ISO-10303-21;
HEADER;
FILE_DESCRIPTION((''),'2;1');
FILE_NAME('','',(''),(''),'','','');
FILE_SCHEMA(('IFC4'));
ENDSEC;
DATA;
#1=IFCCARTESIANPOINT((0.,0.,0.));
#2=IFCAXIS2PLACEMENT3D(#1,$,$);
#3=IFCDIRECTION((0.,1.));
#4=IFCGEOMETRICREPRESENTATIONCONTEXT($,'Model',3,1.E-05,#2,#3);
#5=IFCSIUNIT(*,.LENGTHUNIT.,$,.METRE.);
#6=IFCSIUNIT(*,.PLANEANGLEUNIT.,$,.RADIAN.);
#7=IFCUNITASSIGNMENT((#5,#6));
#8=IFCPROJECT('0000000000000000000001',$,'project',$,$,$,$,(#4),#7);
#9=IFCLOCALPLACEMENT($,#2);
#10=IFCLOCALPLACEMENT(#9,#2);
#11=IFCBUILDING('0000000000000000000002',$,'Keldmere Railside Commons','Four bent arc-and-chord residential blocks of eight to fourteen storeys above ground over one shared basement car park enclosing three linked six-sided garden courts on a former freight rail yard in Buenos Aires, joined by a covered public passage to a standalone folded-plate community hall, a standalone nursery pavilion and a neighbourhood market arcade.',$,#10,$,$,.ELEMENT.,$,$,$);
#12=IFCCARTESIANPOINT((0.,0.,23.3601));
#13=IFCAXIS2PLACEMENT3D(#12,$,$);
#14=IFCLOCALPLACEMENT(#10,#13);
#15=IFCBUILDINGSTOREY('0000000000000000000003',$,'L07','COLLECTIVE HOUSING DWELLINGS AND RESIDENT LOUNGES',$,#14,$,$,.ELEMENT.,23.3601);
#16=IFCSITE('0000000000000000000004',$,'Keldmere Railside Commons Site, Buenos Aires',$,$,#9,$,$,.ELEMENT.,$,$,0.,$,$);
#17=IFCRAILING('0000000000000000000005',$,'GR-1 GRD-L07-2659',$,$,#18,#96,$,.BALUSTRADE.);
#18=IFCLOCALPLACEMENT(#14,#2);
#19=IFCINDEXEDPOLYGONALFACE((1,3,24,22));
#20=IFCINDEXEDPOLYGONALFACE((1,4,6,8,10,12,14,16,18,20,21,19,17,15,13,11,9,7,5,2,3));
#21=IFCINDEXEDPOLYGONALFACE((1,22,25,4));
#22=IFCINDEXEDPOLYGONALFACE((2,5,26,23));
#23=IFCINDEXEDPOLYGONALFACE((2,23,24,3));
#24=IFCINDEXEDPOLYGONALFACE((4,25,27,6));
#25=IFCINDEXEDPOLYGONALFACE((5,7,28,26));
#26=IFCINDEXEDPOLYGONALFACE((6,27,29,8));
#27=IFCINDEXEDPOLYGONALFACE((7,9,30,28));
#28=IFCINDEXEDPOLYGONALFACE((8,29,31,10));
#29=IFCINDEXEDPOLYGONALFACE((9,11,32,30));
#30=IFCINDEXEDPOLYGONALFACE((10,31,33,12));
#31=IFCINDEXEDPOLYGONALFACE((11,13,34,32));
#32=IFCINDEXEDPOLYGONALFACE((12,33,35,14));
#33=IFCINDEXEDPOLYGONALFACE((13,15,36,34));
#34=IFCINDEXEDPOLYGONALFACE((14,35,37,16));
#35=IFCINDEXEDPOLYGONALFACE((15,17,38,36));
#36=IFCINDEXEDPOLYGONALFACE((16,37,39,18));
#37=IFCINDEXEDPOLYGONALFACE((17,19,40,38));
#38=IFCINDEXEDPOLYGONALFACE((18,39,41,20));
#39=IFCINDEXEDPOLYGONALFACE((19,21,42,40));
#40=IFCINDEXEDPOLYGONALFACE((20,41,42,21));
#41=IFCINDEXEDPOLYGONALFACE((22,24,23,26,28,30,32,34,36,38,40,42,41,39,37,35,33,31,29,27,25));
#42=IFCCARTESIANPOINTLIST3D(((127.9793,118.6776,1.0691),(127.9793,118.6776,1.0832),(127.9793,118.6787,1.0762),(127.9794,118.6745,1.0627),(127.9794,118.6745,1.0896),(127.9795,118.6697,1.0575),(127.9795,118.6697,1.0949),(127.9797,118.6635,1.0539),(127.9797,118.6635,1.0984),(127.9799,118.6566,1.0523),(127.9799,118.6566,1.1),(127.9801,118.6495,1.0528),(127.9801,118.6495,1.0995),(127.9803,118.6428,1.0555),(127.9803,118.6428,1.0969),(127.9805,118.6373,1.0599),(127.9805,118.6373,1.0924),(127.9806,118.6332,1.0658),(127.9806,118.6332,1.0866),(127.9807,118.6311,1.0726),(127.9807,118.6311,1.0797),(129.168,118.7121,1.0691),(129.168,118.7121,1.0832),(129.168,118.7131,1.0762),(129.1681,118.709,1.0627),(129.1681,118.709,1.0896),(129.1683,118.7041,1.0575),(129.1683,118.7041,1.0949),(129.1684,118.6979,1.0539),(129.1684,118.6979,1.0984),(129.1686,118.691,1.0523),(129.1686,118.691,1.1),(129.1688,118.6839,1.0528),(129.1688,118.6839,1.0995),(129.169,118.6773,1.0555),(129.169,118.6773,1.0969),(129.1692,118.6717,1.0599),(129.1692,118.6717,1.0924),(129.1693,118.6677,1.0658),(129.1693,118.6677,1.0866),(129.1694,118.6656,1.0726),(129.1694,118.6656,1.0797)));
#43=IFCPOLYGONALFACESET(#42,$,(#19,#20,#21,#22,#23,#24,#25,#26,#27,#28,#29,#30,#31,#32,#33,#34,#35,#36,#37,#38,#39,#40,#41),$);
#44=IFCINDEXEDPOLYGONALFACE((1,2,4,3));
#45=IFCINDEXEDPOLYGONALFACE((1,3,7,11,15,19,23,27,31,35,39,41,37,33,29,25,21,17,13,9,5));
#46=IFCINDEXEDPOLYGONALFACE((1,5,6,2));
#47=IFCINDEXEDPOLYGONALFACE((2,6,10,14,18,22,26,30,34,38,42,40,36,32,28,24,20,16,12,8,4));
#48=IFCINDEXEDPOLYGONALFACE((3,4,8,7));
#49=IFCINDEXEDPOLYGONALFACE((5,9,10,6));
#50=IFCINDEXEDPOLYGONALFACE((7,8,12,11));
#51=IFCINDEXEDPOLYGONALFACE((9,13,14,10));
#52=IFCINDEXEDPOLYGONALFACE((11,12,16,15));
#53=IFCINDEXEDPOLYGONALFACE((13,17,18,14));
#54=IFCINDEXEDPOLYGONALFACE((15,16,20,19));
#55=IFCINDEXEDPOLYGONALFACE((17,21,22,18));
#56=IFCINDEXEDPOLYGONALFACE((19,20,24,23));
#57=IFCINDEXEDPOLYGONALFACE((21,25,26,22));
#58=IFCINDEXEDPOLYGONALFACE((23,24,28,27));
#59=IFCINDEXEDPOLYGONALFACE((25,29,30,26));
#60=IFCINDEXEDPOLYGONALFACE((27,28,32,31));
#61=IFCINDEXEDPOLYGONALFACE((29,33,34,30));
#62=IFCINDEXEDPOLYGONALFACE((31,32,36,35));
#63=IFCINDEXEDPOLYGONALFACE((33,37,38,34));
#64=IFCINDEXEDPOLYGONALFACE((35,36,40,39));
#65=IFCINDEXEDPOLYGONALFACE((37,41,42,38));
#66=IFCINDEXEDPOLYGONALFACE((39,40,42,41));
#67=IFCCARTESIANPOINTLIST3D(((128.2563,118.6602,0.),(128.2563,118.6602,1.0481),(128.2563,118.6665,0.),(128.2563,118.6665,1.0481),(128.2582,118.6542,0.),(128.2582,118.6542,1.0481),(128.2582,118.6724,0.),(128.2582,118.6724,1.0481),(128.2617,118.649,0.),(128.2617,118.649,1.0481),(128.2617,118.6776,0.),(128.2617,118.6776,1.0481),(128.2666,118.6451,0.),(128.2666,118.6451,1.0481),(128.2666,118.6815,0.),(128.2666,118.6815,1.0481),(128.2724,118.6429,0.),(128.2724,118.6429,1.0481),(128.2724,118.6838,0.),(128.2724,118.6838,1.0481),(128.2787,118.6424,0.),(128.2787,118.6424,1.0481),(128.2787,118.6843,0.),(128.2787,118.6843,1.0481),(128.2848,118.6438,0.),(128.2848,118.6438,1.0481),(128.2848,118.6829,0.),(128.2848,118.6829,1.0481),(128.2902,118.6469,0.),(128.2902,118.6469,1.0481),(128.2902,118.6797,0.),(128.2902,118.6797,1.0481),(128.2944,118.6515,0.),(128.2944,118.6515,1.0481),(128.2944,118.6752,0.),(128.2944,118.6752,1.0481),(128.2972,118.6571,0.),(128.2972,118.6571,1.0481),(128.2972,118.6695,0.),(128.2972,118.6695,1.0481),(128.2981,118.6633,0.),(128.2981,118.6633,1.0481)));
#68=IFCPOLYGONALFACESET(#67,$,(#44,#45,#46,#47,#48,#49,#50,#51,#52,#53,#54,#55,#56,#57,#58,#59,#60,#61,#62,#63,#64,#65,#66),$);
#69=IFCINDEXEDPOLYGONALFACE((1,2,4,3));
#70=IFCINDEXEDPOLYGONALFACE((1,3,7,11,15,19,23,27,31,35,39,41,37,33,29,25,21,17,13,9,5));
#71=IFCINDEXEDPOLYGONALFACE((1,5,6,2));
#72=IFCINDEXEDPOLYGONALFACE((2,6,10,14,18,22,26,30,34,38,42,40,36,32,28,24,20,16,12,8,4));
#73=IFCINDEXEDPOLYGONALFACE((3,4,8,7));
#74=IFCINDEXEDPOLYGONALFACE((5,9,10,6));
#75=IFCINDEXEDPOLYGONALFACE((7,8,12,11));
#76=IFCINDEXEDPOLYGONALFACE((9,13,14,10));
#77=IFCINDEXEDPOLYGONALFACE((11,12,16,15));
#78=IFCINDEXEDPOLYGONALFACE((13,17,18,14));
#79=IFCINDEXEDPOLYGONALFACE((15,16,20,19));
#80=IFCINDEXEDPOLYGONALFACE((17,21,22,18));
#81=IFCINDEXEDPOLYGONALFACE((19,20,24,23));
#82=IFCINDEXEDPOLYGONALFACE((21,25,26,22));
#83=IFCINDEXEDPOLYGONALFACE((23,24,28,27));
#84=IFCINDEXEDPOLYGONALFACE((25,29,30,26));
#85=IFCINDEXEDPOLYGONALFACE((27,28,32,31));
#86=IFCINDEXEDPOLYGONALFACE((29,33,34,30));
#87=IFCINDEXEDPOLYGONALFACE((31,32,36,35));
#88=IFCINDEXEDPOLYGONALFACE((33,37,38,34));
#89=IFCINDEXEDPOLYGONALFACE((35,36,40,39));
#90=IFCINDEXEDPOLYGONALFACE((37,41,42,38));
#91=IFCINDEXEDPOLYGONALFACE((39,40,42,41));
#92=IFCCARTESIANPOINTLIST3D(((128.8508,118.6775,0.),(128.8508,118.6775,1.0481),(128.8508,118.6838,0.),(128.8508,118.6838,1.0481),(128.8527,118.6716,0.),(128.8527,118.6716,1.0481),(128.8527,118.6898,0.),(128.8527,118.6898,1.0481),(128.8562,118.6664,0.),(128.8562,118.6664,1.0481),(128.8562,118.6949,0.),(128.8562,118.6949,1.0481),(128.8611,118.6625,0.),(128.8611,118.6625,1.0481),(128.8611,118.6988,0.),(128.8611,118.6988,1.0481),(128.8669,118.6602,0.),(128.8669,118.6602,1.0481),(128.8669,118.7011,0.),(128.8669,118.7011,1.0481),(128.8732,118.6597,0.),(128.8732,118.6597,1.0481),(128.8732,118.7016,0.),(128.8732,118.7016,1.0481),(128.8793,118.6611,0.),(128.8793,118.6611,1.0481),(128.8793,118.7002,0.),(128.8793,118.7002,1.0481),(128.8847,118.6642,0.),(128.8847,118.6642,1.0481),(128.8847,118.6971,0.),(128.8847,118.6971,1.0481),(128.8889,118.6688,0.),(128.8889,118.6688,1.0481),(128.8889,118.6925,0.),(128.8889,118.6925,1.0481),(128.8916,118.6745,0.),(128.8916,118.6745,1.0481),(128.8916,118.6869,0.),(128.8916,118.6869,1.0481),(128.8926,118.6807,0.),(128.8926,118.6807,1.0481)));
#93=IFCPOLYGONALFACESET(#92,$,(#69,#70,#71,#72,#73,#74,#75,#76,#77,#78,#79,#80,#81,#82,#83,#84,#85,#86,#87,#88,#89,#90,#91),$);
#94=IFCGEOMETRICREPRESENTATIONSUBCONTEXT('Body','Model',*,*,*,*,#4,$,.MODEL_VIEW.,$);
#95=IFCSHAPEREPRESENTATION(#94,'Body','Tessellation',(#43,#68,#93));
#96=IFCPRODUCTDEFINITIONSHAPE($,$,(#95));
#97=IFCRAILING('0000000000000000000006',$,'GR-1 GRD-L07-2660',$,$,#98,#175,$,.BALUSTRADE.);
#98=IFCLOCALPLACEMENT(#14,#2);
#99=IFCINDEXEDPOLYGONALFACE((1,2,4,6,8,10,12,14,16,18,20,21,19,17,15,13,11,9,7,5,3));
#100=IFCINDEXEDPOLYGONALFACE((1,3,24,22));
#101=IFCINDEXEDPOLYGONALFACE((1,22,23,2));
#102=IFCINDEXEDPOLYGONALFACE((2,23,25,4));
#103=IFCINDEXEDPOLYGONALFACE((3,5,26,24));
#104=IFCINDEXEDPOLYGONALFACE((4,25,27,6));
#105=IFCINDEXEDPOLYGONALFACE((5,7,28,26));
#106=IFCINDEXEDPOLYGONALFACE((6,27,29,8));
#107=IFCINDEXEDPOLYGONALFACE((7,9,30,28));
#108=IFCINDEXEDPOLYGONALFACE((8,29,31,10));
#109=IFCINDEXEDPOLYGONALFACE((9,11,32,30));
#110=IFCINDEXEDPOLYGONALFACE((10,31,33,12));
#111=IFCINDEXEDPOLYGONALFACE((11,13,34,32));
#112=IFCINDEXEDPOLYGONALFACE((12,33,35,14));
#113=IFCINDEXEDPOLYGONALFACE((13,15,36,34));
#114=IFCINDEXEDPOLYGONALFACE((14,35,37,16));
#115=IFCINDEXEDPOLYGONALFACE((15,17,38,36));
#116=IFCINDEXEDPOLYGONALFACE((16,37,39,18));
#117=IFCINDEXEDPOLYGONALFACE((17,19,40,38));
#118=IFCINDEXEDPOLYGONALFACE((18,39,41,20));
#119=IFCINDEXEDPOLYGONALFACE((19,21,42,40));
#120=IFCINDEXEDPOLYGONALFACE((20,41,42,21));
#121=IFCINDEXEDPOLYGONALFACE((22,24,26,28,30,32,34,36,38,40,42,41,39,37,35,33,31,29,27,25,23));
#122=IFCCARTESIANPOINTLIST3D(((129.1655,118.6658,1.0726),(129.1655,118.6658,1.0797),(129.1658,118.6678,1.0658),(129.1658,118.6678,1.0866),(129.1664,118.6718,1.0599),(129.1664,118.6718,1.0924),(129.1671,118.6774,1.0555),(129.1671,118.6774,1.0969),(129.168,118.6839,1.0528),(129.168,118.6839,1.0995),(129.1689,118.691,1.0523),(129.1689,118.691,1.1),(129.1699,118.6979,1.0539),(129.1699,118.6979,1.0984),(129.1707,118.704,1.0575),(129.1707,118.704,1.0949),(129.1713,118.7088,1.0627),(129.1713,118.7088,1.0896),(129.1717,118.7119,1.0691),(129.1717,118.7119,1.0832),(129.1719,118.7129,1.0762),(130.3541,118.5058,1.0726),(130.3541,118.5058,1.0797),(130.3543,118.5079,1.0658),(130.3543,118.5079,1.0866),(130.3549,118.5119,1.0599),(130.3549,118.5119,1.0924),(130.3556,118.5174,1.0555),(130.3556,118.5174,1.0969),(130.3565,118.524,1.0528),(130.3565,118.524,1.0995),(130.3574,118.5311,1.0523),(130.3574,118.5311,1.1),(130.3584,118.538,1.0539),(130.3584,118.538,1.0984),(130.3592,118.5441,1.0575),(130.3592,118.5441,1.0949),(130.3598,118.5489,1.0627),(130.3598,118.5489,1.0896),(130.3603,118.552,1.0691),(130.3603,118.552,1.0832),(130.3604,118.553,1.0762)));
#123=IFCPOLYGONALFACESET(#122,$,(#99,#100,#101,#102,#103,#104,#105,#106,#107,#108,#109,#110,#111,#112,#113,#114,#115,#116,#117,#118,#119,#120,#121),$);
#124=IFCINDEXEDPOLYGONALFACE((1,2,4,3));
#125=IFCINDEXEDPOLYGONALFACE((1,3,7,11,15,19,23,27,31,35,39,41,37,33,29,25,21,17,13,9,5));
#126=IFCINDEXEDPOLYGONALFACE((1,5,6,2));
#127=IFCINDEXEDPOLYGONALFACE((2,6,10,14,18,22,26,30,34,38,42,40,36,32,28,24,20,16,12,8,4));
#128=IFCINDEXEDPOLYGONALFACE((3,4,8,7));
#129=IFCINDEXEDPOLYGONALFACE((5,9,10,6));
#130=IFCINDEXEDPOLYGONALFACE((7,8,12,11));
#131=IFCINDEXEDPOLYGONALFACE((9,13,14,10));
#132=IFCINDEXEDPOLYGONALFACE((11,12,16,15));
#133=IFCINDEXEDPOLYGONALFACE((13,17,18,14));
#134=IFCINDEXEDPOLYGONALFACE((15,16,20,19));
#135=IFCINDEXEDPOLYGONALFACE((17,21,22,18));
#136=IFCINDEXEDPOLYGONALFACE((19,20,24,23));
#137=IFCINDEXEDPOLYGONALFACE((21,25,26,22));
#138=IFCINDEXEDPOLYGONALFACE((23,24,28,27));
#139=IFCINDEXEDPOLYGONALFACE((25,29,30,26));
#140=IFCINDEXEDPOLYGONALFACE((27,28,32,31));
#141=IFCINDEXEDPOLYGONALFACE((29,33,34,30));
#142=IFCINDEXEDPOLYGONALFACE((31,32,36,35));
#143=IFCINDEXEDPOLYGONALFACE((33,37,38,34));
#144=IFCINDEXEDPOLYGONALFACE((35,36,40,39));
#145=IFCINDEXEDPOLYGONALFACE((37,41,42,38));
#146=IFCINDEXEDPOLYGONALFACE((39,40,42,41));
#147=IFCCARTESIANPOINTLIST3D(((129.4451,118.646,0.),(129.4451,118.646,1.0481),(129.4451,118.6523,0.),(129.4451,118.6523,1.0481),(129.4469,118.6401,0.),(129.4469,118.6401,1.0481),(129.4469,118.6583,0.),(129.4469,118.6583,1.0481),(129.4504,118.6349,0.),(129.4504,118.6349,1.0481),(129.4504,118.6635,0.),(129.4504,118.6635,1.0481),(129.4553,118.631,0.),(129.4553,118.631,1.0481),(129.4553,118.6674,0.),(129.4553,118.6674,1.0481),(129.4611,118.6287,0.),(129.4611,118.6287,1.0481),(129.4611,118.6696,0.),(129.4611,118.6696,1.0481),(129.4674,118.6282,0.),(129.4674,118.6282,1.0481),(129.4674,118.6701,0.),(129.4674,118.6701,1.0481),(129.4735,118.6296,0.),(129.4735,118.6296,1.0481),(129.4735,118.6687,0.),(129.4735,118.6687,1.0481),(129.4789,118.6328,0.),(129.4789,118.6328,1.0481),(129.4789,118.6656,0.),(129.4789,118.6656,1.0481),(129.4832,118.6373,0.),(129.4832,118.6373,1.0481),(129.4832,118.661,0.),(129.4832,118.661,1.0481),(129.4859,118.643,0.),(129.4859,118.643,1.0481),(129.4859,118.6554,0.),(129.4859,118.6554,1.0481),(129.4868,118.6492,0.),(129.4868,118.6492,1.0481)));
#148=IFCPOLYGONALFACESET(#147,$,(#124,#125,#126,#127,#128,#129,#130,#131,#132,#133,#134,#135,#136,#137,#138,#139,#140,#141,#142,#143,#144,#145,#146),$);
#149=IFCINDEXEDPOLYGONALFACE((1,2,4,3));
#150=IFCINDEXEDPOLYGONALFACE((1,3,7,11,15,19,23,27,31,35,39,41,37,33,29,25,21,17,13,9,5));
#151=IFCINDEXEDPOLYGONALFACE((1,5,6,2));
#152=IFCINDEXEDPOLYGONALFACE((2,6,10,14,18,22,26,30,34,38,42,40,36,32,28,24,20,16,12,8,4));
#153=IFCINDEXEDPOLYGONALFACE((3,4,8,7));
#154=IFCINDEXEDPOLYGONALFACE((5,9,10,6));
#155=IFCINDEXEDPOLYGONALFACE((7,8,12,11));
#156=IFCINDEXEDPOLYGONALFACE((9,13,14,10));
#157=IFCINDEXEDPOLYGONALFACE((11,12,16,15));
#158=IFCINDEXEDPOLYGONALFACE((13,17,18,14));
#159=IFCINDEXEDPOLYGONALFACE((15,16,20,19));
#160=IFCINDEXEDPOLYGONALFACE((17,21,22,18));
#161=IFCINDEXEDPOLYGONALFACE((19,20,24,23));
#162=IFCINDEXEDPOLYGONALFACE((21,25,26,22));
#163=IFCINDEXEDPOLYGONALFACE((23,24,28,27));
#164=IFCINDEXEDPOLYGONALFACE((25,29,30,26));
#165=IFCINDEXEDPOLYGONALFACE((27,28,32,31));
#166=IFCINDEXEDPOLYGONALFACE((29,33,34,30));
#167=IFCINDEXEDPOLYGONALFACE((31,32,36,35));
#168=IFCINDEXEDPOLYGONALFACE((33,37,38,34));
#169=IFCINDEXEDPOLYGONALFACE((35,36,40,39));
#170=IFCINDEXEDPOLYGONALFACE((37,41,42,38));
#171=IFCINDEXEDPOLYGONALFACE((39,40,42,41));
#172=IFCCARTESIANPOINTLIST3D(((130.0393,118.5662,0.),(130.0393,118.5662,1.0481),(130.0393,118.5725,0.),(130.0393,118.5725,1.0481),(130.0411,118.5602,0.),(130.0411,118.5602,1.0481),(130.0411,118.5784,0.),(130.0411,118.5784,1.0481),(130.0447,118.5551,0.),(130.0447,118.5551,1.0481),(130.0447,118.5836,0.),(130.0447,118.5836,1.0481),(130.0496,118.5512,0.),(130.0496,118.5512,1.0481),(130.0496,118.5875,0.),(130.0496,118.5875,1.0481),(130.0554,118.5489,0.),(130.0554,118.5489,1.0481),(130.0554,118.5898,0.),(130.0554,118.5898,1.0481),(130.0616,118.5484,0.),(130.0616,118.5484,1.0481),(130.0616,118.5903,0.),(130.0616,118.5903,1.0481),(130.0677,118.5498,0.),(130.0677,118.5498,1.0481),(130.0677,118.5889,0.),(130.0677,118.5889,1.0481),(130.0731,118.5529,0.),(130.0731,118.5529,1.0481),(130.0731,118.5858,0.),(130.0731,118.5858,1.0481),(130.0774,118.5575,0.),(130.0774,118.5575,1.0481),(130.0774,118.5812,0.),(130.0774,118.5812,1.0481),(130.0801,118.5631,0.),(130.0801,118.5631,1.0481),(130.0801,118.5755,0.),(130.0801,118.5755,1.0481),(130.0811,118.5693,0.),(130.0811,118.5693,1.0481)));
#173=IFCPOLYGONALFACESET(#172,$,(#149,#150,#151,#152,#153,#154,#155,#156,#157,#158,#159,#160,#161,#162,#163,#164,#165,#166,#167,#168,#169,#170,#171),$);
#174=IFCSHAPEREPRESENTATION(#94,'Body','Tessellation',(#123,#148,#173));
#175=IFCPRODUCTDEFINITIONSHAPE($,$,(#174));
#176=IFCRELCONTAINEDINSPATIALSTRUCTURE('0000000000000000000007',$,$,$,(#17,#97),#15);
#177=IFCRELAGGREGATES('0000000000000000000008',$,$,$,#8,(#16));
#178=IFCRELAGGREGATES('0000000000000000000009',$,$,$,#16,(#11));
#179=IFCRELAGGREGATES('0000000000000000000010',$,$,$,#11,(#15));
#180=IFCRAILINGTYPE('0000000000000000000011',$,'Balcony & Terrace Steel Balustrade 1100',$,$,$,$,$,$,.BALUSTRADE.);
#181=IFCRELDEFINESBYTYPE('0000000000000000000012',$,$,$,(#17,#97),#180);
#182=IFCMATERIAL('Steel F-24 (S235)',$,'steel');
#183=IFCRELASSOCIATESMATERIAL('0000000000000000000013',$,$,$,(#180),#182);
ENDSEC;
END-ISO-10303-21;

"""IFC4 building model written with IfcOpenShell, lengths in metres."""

from ifc_helpers import new_model, si_unit, direction, frame, origin, origin_2d, place, context, subcontext, project, spatial, circle, extrude, material, type_object, element, save


model = new_model("IFC4")

# Units and contexts
model_context = context("Model", 3, precision=1e-05, world=origin(), true_north=direction((0.0, 1.0)))
body_context = subcontext(model_context, "Body", "Model", "MODEL_VIEW")
ifc_project = project(units=[si_unit("LENGTHUNIT", "METRE"), si_unit("PLANEANGLEUNIT", "RADIAN")], contexts=[model_context])

# Site, building, storey
site_placement = place(None, origin())
site = spatial("IfcSite", under=ifc_project, at=site_placement, Name="Keldmere Railside Commons Site, Buenos Aires", CompositionType="ELEMENT", RefElevation=0.0)
building_placement = place(site_placement, origin())
building = spatial("IfcBuilding", under=site, at=building_placement, Name="Keldmere Railside Commons", Description="Four bent arc-and-chord residential blocks of eight to fourteen storeys above ground over one shared basement car park enclosing three linked six-sided garden courts on a former freight rail yard in Buenos Aires, joined by a covered public passage to a standalone folded-plate community hall, a standalone nursery pavilion and a neighbourhood market arcade.", CompositionType="ELEMENT")
storey_placement = place(building_placement, frame((0.0, 0.0, 23.3601)))
storey = spatial("IfcBuildingStorey", under=building, at=storey_placement, Name="L07", Description="COLLECTIVE HOUSING DWELLINGS AND RESIDENT LOUNGES", CompositionType="ELEMENT", Elevation=23.3601)

# Railings
ifc_material_1 = material(Name="Steel F-24 (S235)", Category="steel")
railing_type = type_object("IfcRailingType", Name="Balcony & Terrace Steel Balustrade 1100", PredefinedType="BALUSTRADE", material=ifc_material_1)
railing_1_placement = place(storey_placement, frame((127.98, 118.6548, 0.0)))
element("IfcRailing", 1, at=railing_1_placement, inside=storey, type_object=railing_type, Name="GR-1 GRD-L07-2659", PredefinedType="BALUSTRADE", context=body_context, shape_type="SweptSolid", body=[
    extrude(circle(Radius=0.0239, at=origin_2d()), frame((0.0, 0.0, 1.0762), z_axis=(0.999581, 0.028947, 0.0), x_axis=(-0.028947, 0.999581, 0.0)), (0.0, 0.0, 1.0), 1.1892),
    extrude(circle(Radius=0.021, at=origin_2d()), frame((0.2971, 0.0085, 0.0)), (0.0, 0.0, 1.0), 1.0481),
    extrude(circle(Radius=0.021, at=origin_2d()), frame((0.8916, 0.0259, 0.0)), (0.0, 0.0, 1.0), 1.0481),
])
railing_2_placement = place(storey_placement, frame((129.1687, 118.6892, 0.0)))
element("IfcRailing", 2, at=railing_2_placement, inside=storey, type_object=railing_type, Name="GR-1 GRD-L07-2660", PredefinedType="BALUSTRADE", context=body_context, shape_type="SweptSolid", body=[
    extrude(circle(Radius=0.0239, at=origin_2d()), frame((0.0, 0.0, 1.0762), z_axis=(0.991069, -0.13335, 0.0), x_axis=(0.13335, 0.991069, 0.0)), (0.0, 0.0, 1.0), 1.1992),
    extrude(circle(Radius=0.021, at=origin_2d()), frame((0.2971, -0.04, 0.0)), (0.0, 0.0, 1.0), 1.0481),
    extrude(circle(Radius=0.021, at=origin_2d()), frame((0.8914, -0.1199, 0.0)), (0.0, 0.0, 1.0), 1.0481),
])

save(model, "model.ifc")
